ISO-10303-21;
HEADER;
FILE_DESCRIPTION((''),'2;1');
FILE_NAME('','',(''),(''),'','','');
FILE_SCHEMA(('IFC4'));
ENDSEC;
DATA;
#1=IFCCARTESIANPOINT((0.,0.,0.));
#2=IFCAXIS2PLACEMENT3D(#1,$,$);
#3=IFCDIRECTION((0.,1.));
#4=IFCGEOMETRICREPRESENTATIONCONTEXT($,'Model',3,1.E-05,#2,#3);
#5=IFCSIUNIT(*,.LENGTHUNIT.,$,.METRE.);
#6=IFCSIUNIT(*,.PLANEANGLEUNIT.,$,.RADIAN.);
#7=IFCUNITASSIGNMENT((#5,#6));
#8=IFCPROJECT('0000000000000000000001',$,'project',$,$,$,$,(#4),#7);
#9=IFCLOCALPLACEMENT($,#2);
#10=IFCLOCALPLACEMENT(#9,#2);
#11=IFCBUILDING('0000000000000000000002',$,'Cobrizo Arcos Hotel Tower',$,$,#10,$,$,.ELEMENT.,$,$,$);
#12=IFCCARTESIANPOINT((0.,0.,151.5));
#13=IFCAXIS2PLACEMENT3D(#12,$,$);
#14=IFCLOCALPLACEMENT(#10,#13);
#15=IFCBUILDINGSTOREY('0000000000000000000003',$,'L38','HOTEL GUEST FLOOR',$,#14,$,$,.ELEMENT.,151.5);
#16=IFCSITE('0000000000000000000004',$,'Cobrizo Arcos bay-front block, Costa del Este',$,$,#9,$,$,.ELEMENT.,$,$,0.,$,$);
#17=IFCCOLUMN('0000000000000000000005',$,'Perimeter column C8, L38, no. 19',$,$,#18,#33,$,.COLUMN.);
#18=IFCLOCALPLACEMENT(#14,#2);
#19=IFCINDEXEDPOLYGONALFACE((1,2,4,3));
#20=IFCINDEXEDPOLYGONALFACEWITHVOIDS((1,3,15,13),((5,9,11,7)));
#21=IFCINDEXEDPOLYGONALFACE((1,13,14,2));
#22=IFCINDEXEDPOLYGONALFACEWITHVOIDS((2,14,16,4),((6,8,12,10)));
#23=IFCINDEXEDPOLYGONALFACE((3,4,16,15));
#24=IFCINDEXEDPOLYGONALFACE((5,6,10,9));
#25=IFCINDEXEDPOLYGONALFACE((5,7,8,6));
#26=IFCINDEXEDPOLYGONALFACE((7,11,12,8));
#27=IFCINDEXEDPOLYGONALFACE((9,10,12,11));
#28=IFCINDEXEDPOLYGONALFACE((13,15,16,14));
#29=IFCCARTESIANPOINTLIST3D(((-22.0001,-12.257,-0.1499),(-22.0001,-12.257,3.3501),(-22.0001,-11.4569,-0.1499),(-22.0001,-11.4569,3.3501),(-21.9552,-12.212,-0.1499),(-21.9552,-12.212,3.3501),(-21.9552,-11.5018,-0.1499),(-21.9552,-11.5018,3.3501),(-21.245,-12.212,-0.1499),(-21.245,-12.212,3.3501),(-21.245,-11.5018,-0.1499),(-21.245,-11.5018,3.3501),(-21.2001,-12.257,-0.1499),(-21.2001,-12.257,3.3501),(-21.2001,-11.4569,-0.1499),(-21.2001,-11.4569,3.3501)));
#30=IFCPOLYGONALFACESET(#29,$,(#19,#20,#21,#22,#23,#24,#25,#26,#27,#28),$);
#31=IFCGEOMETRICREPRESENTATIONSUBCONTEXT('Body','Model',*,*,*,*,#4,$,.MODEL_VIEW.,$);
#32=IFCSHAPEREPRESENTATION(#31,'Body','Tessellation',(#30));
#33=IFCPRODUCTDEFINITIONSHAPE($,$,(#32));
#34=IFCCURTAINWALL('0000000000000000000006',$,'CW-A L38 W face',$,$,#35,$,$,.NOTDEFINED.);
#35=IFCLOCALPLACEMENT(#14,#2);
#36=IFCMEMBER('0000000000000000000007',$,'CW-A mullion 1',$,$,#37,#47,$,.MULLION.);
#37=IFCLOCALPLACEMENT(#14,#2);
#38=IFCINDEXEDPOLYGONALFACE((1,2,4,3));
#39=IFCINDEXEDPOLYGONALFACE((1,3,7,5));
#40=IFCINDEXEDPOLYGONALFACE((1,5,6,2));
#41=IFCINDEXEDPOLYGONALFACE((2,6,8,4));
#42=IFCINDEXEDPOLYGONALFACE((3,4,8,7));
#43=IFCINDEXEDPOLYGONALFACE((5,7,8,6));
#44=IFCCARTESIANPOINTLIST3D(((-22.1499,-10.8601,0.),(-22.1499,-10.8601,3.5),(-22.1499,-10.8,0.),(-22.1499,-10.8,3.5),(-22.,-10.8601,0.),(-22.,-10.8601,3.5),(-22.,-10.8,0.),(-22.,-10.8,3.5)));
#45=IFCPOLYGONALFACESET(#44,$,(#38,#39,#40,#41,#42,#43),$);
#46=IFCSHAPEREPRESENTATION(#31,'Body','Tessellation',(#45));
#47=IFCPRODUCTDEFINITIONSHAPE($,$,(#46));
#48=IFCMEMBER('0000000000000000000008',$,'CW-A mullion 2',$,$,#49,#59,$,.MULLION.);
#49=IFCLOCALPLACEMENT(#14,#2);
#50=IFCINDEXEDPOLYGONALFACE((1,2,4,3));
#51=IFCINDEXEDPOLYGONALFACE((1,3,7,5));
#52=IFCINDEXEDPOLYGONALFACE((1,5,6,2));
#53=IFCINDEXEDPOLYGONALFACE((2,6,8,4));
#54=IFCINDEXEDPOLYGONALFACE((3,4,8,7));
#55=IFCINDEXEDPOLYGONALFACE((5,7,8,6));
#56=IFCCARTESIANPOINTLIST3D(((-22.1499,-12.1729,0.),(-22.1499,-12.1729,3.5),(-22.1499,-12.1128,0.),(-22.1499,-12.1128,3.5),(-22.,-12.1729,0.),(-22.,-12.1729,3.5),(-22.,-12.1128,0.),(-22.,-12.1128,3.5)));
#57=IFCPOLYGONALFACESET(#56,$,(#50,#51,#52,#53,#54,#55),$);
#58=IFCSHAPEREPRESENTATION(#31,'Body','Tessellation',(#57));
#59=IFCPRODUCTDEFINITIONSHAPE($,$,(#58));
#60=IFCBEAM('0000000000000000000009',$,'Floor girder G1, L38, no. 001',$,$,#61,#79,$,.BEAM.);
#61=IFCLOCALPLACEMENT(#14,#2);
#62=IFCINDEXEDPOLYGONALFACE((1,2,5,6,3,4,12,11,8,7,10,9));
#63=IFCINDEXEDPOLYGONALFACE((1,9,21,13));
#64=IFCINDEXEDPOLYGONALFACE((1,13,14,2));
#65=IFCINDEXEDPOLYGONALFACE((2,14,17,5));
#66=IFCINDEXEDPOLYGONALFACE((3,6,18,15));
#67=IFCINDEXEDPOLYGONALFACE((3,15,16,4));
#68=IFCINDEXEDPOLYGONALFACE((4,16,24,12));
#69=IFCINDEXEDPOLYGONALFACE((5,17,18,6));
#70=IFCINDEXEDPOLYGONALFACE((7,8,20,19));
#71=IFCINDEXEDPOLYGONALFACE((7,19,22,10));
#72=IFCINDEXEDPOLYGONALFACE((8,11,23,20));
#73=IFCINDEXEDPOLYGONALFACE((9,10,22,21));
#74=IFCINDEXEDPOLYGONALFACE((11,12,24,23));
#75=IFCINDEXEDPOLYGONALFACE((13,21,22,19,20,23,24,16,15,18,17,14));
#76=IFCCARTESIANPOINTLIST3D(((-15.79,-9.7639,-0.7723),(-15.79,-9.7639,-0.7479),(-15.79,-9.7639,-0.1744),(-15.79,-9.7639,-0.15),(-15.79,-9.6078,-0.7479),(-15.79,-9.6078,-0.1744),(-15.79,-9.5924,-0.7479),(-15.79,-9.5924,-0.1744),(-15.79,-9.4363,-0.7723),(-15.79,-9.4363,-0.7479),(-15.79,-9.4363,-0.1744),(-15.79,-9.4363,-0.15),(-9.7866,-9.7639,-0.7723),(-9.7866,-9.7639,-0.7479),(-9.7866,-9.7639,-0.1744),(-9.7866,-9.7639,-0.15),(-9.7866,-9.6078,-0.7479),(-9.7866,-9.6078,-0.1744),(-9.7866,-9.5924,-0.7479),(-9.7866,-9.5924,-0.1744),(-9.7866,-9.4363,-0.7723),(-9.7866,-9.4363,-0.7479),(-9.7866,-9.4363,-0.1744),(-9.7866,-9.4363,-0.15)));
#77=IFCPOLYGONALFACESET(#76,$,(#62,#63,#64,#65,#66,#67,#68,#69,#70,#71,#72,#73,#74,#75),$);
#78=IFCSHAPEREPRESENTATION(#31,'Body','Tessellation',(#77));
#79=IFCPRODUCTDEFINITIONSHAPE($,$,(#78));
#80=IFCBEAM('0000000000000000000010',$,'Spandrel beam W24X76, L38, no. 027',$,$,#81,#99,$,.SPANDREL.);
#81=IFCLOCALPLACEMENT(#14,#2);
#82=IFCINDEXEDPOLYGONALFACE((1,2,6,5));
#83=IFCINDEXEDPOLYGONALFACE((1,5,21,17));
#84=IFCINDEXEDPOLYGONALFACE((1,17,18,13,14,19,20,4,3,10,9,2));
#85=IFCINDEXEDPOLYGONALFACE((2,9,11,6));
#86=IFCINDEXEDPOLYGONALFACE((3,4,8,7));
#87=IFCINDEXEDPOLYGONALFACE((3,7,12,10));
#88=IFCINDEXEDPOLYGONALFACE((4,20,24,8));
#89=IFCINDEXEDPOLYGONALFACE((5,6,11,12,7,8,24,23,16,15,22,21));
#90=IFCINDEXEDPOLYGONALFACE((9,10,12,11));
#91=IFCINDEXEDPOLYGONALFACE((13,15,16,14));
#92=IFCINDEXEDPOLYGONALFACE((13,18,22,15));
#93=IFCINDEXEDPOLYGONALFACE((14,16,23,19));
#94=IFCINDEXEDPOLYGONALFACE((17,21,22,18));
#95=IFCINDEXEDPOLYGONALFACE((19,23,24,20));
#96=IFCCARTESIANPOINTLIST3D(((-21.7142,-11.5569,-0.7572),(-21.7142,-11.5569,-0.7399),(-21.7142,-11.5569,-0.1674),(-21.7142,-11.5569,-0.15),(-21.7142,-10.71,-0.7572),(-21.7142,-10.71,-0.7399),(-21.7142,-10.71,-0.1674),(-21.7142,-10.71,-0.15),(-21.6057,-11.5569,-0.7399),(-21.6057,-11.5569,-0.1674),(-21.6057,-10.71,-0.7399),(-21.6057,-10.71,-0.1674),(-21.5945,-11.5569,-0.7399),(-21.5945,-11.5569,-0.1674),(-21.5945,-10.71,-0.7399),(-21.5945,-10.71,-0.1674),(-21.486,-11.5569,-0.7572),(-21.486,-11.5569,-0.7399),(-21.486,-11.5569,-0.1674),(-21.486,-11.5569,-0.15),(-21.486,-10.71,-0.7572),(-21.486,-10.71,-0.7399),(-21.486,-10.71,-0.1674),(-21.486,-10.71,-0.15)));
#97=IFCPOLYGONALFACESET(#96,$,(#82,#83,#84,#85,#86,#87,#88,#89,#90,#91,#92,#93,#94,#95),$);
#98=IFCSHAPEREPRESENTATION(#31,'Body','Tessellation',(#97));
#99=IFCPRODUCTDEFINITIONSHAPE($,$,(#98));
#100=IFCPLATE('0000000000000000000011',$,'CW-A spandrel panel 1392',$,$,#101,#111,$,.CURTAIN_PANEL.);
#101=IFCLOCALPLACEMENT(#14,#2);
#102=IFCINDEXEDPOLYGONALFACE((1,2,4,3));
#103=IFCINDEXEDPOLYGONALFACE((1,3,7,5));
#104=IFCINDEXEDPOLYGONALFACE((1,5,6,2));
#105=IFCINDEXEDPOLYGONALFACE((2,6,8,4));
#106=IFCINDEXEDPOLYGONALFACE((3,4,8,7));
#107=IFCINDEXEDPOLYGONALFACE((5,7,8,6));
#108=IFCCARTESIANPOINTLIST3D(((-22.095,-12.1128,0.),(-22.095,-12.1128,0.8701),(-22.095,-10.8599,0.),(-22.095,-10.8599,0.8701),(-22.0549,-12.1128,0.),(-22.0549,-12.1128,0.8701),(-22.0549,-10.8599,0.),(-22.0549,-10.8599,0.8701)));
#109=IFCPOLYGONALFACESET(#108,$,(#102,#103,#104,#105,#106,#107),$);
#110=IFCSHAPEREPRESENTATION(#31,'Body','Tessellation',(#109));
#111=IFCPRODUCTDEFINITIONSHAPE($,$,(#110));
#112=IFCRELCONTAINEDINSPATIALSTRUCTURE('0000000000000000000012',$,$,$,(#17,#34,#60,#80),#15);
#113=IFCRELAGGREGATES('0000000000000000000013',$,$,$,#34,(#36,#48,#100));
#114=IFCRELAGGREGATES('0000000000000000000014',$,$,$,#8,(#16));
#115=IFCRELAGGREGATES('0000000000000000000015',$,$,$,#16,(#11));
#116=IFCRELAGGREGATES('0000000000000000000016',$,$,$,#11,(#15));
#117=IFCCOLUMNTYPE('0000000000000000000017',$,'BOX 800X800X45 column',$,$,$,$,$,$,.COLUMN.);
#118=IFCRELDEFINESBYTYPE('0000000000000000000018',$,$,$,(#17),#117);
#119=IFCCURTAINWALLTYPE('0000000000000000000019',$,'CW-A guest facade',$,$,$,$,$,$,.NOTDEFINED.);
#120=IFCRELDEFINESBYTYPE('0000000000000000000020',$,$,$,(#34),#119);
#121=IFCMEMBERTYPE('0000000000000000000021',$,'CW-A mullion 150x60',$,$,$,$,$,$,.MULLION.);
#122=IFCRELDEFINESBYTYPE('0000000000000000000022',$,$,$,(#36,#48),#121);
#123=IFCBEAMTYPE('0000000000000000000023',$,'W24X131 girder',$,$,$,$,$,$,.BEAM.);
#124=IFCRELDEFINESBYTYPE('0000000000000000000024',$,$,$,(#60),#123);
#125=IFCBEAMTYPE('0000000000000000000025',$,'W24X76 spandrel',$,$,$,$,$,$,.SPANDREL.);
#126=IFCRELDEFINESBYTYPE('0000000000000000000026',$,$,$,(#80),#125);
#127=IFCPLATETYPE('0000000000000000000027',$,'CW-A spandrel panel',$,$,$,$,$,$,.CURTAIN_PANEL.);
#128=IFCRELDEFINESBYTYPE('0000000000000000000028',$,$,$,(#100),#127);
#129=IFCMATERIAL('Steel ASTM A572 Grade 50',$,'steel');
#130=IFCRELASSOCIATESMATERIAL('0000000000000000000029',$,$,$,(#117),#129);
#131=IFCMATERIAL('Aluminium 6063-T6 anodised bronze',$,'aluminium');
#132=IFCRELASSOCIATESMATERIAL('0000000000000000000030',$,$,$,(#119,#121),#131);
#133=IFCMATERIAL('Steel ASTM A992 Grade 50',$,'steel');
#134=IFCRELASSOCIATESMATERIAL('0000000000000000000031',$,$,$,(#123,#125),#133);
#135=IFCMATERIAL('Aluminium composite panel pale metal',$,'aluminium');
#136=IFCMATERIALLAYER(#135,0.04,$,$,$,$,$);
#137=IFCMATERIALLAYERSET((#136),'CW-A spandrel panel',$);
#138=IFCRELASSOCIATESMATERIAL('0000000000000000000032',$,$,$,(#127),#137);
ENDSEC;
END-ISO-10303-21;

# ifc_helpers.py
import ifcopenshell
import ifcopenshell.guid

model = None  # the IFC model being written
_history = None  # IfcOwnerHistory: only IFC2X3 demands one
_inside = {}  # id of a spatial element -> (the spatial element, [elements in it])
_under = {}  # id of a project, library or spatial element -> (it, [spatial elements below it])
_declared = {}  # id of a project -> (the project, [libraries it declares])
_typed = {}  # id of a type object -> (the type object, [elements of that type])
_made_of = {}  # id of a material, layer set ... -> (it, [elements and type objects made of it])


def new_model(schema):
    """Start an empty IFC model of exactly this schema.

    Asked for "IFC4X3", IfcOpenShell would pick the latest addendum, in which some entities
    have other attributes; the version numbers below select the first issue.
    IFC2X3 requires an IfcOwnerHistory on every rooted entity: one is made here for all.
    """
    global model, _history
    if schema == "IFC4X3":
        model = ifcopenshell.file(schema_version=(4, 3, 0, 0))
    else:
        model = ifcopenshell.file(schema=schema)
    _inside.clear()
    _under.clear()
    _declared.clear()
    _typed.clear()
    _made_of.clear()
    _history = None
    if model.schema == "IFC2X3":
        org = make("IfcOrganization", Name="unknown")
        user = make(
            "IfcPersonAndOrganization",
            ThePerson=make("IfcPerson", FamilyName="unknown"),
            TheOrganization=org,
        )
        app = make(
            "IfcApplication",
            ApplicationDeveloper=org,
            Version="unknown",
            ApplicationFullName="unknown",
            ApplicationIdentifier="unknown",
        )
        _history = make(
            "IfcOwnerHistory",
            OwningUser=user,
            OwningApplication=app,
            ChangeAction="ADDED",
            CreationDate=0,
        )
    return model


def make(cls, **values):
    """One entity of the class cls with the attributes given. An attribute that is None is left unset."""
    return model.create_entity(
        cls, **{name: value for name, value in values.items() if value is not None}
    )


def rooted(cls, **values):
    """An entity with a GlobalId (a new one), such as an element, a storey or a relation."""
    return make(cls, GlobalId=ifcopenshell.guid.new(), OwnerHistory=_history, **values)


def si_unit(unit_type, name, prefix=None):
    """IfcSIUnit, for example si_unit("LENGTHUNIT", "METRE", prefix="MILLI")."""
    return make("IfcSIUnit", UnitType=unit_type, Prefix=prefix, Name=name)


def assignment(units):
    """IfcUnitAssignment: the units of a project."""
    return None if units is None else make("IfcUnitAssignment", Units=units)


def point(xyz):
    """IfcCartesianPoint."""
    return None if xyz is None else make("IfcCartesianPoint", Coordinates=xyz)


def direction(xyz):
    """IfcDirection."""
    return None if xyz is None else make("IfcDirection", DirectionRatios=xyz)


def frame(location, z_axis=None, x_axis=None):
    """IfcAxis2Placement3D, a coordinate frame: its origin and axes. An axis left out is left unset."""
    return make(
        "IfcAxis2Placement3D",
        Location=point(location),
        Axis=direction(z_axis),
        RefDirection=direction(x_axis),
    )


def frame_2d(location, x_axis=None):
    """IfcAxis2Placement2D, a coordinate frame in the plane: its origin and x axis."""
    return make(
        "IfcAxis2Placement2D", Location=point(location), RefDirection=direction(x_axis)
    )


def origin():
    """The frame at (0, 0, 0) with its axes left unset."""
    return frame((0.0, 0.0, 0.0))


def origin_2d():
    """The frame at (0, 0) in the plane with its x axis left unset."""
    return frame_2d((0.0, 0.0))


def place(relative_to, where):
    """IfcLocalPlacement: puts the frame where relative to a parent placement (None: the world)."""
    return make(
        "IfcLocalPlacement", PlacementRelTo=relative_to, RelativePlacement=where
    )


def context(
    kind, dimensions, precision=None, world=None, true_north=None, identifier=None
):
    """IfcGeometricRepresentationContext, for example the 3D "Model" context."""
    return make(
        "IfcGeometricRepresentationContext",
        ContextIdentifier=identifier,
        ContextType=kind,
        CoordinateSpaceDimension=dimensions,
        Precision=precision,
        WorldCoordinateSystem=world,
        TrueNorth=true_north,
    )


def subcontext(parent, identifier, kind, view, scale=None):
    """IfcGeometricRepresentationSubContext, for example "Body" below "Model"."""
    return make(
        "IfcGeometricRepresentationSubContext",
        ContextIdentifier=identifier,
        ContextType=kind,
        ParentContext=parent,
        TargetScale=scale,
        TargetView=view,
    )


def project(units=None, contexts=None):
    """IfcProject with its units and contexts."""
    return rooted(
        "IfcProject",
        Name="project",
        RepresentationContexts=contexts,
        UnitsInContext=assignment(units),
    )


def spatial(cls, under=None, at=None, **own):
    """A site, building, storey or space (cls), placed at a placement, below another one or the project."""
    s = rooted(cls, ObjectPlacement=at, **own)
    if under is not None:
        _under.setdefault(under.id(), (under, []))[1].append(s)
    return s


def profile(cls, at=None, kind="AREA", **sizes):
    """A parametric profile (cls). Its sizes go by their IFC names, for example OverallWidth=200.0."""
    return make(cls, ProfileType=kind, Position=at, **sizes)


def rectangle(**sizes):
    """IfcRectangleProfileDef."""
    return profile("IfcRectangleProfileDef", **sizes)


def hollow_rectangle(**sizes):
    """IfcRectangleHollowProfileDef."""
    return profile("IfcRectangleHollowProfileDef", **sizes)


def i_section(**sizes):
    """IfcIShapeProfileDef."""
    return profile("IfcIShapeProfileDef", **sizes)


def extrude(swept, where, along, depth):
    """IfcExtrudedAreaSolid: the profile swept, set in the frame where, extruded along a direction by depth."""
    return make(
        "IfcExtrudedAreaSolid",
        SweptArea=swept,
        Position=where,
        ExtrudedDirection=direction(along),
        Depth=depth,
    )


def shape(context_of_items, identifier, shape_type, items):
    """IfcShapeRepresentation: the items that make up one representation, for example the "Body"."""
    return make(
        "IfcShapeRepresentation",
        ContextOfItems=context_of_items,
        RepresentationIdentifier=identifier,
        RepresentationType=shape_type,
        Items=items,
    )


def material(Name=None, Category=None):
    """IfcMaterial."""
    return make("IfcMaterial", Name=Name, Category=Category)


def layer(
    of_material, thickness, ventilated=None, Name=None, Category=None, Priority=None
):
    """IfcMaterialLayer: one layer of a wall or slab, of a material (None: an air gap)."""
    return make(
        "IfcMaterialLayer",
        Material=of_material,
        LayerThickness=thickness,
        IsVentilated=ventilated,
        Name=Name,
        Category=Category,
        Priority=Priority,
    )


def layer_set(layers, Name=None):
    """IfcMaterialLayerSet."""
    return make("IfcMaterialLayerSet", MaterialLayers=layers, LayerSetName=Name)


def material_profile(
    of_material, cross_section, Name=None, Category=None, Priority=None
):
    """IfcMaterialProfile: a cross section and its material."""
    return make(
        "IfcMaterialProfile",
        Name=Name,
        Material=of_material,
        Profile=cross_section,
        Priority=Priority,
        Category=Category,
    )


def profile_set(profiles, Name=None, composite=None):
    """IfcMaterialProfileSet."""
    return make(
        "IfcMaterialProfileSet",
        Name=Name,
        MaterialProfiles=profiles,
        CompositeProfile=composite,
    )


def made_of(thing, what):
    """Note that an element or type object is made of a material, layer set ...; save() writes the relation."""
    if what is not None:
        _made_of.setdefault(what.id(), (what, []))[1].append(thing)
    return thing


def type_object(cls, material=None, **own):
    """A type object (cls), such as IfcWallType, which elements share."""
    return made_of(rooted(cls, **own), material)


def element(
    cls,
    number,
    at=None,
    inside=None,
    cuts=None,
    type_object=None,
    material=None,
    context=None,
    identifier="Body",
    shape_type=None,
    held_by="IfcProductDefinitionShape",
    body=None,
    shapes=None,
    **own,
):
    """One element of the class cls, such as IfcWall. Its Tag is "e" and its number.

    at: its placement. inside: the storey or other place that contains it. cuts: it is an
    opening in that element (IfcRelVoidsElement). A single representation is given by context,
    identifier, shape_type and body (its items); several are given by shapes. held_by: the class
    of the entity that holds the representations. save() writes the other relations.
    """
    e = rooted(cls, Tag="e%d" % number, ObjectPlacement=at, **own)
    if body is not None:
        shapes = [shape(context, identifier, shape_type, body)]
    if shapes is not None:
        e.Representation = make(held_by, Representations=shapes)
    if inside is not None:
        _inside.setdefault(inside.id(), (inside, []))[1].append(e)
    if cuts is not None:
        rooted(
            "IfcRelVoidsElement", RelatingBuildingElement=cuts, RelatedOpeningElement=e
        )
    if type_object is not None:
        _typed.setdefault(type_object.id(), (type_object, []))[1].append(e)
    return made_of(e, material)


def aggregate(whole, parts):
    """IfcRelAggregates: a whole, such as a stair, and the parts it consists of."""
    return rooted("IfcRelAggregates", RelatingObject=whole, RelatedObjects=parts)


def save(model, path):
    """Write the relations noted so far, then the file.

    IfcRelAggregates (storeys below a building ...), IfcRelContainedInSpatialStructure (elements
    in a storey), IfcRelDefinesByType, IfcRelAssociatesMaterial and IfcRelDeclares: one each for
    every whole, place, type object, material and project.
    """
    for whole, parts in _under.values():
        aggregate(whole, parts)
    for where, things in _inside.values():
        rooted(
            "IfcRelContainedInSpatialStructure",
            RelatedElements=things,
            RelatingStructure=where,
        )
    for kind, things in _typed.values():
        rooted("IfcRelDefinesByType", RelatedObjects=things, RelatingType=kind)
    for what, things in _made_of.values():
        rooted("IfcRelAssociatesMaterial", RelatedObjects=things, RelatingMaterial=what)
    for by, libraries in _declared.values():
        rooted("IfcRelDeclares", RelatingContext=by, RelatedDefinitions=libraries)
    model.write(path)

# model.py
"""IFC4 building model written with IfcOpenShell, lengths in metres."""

from ifc_helpers import new_model, si_unit, direction, frame, origin, origin_2d, place, context, subcontext, project, spatial, rectangle, hollow_rectangle, i_section, extrude, material, layer, layer_set, material_profile, profile_set, type_object, element, aggregate, save


model = new_model("IFC4")

# Units and contexts
model_context = context("Model", 3, precision=1e-05, world=origin(), true_north=direction((0.0, 1.0)))
body_context = subcontext(model_context, "Body", "Model", "MODEL_VIEW")
ifc_project = project(units=[si_unit("LENGTHUNIT", "METRE"), si_unit("PLANEANGLEUNIT", "RADIAN")], contexts=[model_context])

# Site, building, storey
site_placement = place(None, origin())
site = spatial("IfcSite", under=ifc_project, at=site_placement, Name="Cobrizo Arcos bay-front block, Costa del Este", CompositionType="ELEMENT", RefElevation=0.0)
building_placement = place(site_placement, origin())
building = spatial("IfcBuilding", under=site, at=building_placement, Name="Cobrizo Arcos Hotel Tower", CompositionType="ELEMENT")
storey_placement = place(building_placement, frame((0.0, 0.0, 151.5)))
storey = spatial("IfcBuildingStorey", under=building, at=storey_placement, Name="L38", Description="HOTEL GUEST FLOOR", CompositionType="ELEMENT", Elevation=151.5)

# Column
ifc_material_1 = material(Name="Steel ASTM A572 Grade 50", Category="steel")
ifc_material_profile_1 = material_profile(ifc_material_1, hollow_rectangle(XDim=0.8, YDim=0.8, WallThickness=0.0449, at=origin_2d()), Name="BOX 800X800X45")
ifc_profile_set_1 = profile_set([ifc_material_profile_1], Name="Steel ASTM A572 Grade 50")
column_type = type_object("IfcColumnType", Name="BOX 800X800X45 column", PredefinedType="COLUMN", material=ifc_profile_set_1)
column_placement = place(storey_placement, frame((-21.6001, -11.8569, -0.1499), z_axis=(0.0, 0.0, 1.0), x_axis=(1.0, 0.0, 0.0)))
element("IfcColumn", 1, at=column_placement, inside=storey, type_object=column_type, Name="Perimeter column C8, L38, no. 19", PredefinedType="COLUMN", context=body_context, shape_type="SweptSolid", body=[
    extrude(hollow_rectangle(XDim=0.8, YDim=0.8, WallThickness=0.0449, at=origin_2d()), origin(), (0.0, 0.0, 1.0), 3.5),
])

# Curtain wall, members
ifc_material_2 = material(Name="Aluminium 6063-T6 anodised bronze", Category="aluminium")
curtain_wall_type = type_object("IfcCurtainWallType", Name="CW-A guest facade", PredefinedType="NOTDEFINED", material=ifc_material_2)
curtain_wall_placement = place(storey_placement, origin())
curtain_wall = element("IfcCurtainWall", 2, at=curtain_wall_placement, inside=storey, type_object=curtain_wall_type, Name="CW-A L38 W face", PredefinedType="NOTDEFINED")
ifc_material_profile_2 = material_profile(ifc_material_2, rectangle(XDim=0.1499, YDim=0.0601, at=origin_2d()), Name="CW-A mullion 150x60")
ifc_profile_set_2 = profile_set([ifc_material_profile_2], Name="Aluminium 6063-T6 anodised bronze")
member_type = type_object("IfcMemberType", Name="CW-A mullion 150x60", PredefinedType="MULLION", material=ifc_profile_set_2)
member_1_placement = place(storey_placement, frame((-22.075, -10.8301, 0.0), z_axis=(0.0, 0.0, 1.0), x_axis=(-1.0, 0.0, 0.0)))
member_1 = element("IfcMember", 3, at=member_1_placement, type_object=member_type, Name="CW-A mullion 1", PredefinedType="MULLION", context=body_context, shape_type="SweptSolid", body=[
    extrude(rectangle(XDim=0.1499, YDim=0.0601, at=origin_2d()), origin(), (0.0, 0.0, 1.0), 3.5),
])
member_2_placement = place(storey_placement, frame((-22.075, -12.1428, 0.0), z_axis=(0.0, 0.0, 1.0), x_axis=(-1.0, 0.0, 0.0)))
member_2 = element("IfcMember", 4, at=member_2_placement, type_object=member_type, Name="CW-A mullion 2", PredefinedType="MULLION", context=body_context, shape_type="SweptSolid", body=[
    extrude(rectangle(XDim=0.1499, YDim=0.0601, at=origin_2d()), origin(), (0.0, 0.0, 1.0), 3.5),
])

# Beams
ifc_material_3 = material(Name="Steel ASTM A992 Grade 50", Category="steel")
ifc_material_profile_3 = material_profile(ifc_material_3, i_section(OverallWidth=0.3276, OverallDepth=0.6223, WebThickness=0.0154, FlangeThickness=0.0244, at=origin_2d()), Name="W24X131")
ifc_profile_set_3 = profile_set([ifc_material_profile_3], Name="Steel ASTM A992 Grade 50")
beam_type_1 = type_object("IfcBeamType", Name="W24X131 girder", PredefinedType="BEAM", material=ifc_profile_set_3)
beam_1_placement = place(storey_placement, frame((-15.79, -9.6001, -0.4612), z_axis=(1.0, 0.0, 0.0), x_axis=(0.0, 1.0, 0.0)))
element("IfcBeam", 5, at=beam_1_placement, inside=storey, type_object=beam_type_1, Name="Floor girder G1, L38, no. 001", PredefinedType="BEAM", context=body_context, shape_type="SweptSolid", body=[
    extrude(i_section(OverallWidth=0.3276, OverallDepth=0.6223, WebThickness=0.0154, FlangeThickness=0.0244, at=origin_2d()), origin(), (0.0, 0.0, 1.0), 6.0034),
])
ifc_material_profile_4 = material_profile(ifc_material_3, i_section(OverallWidth=0.2283, OverallDepth=0.6072, WebThickness=0.0112, FlangeThickness=0.0173, at=origin_2d()), Name="W24X76")
ifc_profile_set_4 = profile_set([ifc_material_profile_4], Name="Steel ASTM A992 Grade 50")
beam_type_2 = type_object("IfcBeamType", Name="W24X76 spandrel", PredefinedType="SPANDREL", material=ifc_profile_set_4)
beam_2_placement = place(storey_placement, frame((-21.6001, -10.71, -0.4536), z_axis=(0.0, -1.0, 0.0), x_axis=(1.0, 0.0, 0.0)))
element("IfcBeam", 6, at=beam_2_placement, inside=storey, type_object=beam_type_2, Name="Spandrel beam W24X76, L38, no. 027", PredefinedType="SPANDREL", context=body_context, shape_type="SweptSolid", body=[
    extrude(i_section(OverallWidth=0.2283, OverallDepth=0.6072, WebThickness=0.0112, FlangeThickness=0.0173, at=origin_2d()), origin(), (0.0, 0.0, 1.0), 0.8469),
])

# Plate
ifc_material_4 = material(Name="Aluminium composite panel pale metal", Category="aluminium")
ifc_layer_1 = layer(ifc_material_4, 0.04)
ifc_layer_set_1 = layer_set([ifc_layer_1], Name="CW-A spandrel panel")
plate_type = type_object("IfcPlateType", Name="CW-A spandrel panel", PredefinedType="CURTAIN_PANEL", material=ifc_layer_set_1)
plate_placement = place(storey_placement, frame((-22.075, -11.4863, 0.0), z_axis=(0.0, 0.0, 1.0), x_axis=(0.0, -1.0, 0.0)))
plate = element("IfcPlate", 7, at=plate_placement, type_object=plate_type, Name="CW-A spandrel panel 1392", PredefinedType="CURTAIN_PANEL", context=body_context, shape_type="SweptSolid", body=[
    extrude(rectangle(XDim=1.2529, YDim=0.04, at=origin_2d()), origin(), (0.0, 0.0, 1.0), 0.8701),
])
aggregate(curtain_wall, [member_1, member_2, plate])

save(model, "model.ifc")
